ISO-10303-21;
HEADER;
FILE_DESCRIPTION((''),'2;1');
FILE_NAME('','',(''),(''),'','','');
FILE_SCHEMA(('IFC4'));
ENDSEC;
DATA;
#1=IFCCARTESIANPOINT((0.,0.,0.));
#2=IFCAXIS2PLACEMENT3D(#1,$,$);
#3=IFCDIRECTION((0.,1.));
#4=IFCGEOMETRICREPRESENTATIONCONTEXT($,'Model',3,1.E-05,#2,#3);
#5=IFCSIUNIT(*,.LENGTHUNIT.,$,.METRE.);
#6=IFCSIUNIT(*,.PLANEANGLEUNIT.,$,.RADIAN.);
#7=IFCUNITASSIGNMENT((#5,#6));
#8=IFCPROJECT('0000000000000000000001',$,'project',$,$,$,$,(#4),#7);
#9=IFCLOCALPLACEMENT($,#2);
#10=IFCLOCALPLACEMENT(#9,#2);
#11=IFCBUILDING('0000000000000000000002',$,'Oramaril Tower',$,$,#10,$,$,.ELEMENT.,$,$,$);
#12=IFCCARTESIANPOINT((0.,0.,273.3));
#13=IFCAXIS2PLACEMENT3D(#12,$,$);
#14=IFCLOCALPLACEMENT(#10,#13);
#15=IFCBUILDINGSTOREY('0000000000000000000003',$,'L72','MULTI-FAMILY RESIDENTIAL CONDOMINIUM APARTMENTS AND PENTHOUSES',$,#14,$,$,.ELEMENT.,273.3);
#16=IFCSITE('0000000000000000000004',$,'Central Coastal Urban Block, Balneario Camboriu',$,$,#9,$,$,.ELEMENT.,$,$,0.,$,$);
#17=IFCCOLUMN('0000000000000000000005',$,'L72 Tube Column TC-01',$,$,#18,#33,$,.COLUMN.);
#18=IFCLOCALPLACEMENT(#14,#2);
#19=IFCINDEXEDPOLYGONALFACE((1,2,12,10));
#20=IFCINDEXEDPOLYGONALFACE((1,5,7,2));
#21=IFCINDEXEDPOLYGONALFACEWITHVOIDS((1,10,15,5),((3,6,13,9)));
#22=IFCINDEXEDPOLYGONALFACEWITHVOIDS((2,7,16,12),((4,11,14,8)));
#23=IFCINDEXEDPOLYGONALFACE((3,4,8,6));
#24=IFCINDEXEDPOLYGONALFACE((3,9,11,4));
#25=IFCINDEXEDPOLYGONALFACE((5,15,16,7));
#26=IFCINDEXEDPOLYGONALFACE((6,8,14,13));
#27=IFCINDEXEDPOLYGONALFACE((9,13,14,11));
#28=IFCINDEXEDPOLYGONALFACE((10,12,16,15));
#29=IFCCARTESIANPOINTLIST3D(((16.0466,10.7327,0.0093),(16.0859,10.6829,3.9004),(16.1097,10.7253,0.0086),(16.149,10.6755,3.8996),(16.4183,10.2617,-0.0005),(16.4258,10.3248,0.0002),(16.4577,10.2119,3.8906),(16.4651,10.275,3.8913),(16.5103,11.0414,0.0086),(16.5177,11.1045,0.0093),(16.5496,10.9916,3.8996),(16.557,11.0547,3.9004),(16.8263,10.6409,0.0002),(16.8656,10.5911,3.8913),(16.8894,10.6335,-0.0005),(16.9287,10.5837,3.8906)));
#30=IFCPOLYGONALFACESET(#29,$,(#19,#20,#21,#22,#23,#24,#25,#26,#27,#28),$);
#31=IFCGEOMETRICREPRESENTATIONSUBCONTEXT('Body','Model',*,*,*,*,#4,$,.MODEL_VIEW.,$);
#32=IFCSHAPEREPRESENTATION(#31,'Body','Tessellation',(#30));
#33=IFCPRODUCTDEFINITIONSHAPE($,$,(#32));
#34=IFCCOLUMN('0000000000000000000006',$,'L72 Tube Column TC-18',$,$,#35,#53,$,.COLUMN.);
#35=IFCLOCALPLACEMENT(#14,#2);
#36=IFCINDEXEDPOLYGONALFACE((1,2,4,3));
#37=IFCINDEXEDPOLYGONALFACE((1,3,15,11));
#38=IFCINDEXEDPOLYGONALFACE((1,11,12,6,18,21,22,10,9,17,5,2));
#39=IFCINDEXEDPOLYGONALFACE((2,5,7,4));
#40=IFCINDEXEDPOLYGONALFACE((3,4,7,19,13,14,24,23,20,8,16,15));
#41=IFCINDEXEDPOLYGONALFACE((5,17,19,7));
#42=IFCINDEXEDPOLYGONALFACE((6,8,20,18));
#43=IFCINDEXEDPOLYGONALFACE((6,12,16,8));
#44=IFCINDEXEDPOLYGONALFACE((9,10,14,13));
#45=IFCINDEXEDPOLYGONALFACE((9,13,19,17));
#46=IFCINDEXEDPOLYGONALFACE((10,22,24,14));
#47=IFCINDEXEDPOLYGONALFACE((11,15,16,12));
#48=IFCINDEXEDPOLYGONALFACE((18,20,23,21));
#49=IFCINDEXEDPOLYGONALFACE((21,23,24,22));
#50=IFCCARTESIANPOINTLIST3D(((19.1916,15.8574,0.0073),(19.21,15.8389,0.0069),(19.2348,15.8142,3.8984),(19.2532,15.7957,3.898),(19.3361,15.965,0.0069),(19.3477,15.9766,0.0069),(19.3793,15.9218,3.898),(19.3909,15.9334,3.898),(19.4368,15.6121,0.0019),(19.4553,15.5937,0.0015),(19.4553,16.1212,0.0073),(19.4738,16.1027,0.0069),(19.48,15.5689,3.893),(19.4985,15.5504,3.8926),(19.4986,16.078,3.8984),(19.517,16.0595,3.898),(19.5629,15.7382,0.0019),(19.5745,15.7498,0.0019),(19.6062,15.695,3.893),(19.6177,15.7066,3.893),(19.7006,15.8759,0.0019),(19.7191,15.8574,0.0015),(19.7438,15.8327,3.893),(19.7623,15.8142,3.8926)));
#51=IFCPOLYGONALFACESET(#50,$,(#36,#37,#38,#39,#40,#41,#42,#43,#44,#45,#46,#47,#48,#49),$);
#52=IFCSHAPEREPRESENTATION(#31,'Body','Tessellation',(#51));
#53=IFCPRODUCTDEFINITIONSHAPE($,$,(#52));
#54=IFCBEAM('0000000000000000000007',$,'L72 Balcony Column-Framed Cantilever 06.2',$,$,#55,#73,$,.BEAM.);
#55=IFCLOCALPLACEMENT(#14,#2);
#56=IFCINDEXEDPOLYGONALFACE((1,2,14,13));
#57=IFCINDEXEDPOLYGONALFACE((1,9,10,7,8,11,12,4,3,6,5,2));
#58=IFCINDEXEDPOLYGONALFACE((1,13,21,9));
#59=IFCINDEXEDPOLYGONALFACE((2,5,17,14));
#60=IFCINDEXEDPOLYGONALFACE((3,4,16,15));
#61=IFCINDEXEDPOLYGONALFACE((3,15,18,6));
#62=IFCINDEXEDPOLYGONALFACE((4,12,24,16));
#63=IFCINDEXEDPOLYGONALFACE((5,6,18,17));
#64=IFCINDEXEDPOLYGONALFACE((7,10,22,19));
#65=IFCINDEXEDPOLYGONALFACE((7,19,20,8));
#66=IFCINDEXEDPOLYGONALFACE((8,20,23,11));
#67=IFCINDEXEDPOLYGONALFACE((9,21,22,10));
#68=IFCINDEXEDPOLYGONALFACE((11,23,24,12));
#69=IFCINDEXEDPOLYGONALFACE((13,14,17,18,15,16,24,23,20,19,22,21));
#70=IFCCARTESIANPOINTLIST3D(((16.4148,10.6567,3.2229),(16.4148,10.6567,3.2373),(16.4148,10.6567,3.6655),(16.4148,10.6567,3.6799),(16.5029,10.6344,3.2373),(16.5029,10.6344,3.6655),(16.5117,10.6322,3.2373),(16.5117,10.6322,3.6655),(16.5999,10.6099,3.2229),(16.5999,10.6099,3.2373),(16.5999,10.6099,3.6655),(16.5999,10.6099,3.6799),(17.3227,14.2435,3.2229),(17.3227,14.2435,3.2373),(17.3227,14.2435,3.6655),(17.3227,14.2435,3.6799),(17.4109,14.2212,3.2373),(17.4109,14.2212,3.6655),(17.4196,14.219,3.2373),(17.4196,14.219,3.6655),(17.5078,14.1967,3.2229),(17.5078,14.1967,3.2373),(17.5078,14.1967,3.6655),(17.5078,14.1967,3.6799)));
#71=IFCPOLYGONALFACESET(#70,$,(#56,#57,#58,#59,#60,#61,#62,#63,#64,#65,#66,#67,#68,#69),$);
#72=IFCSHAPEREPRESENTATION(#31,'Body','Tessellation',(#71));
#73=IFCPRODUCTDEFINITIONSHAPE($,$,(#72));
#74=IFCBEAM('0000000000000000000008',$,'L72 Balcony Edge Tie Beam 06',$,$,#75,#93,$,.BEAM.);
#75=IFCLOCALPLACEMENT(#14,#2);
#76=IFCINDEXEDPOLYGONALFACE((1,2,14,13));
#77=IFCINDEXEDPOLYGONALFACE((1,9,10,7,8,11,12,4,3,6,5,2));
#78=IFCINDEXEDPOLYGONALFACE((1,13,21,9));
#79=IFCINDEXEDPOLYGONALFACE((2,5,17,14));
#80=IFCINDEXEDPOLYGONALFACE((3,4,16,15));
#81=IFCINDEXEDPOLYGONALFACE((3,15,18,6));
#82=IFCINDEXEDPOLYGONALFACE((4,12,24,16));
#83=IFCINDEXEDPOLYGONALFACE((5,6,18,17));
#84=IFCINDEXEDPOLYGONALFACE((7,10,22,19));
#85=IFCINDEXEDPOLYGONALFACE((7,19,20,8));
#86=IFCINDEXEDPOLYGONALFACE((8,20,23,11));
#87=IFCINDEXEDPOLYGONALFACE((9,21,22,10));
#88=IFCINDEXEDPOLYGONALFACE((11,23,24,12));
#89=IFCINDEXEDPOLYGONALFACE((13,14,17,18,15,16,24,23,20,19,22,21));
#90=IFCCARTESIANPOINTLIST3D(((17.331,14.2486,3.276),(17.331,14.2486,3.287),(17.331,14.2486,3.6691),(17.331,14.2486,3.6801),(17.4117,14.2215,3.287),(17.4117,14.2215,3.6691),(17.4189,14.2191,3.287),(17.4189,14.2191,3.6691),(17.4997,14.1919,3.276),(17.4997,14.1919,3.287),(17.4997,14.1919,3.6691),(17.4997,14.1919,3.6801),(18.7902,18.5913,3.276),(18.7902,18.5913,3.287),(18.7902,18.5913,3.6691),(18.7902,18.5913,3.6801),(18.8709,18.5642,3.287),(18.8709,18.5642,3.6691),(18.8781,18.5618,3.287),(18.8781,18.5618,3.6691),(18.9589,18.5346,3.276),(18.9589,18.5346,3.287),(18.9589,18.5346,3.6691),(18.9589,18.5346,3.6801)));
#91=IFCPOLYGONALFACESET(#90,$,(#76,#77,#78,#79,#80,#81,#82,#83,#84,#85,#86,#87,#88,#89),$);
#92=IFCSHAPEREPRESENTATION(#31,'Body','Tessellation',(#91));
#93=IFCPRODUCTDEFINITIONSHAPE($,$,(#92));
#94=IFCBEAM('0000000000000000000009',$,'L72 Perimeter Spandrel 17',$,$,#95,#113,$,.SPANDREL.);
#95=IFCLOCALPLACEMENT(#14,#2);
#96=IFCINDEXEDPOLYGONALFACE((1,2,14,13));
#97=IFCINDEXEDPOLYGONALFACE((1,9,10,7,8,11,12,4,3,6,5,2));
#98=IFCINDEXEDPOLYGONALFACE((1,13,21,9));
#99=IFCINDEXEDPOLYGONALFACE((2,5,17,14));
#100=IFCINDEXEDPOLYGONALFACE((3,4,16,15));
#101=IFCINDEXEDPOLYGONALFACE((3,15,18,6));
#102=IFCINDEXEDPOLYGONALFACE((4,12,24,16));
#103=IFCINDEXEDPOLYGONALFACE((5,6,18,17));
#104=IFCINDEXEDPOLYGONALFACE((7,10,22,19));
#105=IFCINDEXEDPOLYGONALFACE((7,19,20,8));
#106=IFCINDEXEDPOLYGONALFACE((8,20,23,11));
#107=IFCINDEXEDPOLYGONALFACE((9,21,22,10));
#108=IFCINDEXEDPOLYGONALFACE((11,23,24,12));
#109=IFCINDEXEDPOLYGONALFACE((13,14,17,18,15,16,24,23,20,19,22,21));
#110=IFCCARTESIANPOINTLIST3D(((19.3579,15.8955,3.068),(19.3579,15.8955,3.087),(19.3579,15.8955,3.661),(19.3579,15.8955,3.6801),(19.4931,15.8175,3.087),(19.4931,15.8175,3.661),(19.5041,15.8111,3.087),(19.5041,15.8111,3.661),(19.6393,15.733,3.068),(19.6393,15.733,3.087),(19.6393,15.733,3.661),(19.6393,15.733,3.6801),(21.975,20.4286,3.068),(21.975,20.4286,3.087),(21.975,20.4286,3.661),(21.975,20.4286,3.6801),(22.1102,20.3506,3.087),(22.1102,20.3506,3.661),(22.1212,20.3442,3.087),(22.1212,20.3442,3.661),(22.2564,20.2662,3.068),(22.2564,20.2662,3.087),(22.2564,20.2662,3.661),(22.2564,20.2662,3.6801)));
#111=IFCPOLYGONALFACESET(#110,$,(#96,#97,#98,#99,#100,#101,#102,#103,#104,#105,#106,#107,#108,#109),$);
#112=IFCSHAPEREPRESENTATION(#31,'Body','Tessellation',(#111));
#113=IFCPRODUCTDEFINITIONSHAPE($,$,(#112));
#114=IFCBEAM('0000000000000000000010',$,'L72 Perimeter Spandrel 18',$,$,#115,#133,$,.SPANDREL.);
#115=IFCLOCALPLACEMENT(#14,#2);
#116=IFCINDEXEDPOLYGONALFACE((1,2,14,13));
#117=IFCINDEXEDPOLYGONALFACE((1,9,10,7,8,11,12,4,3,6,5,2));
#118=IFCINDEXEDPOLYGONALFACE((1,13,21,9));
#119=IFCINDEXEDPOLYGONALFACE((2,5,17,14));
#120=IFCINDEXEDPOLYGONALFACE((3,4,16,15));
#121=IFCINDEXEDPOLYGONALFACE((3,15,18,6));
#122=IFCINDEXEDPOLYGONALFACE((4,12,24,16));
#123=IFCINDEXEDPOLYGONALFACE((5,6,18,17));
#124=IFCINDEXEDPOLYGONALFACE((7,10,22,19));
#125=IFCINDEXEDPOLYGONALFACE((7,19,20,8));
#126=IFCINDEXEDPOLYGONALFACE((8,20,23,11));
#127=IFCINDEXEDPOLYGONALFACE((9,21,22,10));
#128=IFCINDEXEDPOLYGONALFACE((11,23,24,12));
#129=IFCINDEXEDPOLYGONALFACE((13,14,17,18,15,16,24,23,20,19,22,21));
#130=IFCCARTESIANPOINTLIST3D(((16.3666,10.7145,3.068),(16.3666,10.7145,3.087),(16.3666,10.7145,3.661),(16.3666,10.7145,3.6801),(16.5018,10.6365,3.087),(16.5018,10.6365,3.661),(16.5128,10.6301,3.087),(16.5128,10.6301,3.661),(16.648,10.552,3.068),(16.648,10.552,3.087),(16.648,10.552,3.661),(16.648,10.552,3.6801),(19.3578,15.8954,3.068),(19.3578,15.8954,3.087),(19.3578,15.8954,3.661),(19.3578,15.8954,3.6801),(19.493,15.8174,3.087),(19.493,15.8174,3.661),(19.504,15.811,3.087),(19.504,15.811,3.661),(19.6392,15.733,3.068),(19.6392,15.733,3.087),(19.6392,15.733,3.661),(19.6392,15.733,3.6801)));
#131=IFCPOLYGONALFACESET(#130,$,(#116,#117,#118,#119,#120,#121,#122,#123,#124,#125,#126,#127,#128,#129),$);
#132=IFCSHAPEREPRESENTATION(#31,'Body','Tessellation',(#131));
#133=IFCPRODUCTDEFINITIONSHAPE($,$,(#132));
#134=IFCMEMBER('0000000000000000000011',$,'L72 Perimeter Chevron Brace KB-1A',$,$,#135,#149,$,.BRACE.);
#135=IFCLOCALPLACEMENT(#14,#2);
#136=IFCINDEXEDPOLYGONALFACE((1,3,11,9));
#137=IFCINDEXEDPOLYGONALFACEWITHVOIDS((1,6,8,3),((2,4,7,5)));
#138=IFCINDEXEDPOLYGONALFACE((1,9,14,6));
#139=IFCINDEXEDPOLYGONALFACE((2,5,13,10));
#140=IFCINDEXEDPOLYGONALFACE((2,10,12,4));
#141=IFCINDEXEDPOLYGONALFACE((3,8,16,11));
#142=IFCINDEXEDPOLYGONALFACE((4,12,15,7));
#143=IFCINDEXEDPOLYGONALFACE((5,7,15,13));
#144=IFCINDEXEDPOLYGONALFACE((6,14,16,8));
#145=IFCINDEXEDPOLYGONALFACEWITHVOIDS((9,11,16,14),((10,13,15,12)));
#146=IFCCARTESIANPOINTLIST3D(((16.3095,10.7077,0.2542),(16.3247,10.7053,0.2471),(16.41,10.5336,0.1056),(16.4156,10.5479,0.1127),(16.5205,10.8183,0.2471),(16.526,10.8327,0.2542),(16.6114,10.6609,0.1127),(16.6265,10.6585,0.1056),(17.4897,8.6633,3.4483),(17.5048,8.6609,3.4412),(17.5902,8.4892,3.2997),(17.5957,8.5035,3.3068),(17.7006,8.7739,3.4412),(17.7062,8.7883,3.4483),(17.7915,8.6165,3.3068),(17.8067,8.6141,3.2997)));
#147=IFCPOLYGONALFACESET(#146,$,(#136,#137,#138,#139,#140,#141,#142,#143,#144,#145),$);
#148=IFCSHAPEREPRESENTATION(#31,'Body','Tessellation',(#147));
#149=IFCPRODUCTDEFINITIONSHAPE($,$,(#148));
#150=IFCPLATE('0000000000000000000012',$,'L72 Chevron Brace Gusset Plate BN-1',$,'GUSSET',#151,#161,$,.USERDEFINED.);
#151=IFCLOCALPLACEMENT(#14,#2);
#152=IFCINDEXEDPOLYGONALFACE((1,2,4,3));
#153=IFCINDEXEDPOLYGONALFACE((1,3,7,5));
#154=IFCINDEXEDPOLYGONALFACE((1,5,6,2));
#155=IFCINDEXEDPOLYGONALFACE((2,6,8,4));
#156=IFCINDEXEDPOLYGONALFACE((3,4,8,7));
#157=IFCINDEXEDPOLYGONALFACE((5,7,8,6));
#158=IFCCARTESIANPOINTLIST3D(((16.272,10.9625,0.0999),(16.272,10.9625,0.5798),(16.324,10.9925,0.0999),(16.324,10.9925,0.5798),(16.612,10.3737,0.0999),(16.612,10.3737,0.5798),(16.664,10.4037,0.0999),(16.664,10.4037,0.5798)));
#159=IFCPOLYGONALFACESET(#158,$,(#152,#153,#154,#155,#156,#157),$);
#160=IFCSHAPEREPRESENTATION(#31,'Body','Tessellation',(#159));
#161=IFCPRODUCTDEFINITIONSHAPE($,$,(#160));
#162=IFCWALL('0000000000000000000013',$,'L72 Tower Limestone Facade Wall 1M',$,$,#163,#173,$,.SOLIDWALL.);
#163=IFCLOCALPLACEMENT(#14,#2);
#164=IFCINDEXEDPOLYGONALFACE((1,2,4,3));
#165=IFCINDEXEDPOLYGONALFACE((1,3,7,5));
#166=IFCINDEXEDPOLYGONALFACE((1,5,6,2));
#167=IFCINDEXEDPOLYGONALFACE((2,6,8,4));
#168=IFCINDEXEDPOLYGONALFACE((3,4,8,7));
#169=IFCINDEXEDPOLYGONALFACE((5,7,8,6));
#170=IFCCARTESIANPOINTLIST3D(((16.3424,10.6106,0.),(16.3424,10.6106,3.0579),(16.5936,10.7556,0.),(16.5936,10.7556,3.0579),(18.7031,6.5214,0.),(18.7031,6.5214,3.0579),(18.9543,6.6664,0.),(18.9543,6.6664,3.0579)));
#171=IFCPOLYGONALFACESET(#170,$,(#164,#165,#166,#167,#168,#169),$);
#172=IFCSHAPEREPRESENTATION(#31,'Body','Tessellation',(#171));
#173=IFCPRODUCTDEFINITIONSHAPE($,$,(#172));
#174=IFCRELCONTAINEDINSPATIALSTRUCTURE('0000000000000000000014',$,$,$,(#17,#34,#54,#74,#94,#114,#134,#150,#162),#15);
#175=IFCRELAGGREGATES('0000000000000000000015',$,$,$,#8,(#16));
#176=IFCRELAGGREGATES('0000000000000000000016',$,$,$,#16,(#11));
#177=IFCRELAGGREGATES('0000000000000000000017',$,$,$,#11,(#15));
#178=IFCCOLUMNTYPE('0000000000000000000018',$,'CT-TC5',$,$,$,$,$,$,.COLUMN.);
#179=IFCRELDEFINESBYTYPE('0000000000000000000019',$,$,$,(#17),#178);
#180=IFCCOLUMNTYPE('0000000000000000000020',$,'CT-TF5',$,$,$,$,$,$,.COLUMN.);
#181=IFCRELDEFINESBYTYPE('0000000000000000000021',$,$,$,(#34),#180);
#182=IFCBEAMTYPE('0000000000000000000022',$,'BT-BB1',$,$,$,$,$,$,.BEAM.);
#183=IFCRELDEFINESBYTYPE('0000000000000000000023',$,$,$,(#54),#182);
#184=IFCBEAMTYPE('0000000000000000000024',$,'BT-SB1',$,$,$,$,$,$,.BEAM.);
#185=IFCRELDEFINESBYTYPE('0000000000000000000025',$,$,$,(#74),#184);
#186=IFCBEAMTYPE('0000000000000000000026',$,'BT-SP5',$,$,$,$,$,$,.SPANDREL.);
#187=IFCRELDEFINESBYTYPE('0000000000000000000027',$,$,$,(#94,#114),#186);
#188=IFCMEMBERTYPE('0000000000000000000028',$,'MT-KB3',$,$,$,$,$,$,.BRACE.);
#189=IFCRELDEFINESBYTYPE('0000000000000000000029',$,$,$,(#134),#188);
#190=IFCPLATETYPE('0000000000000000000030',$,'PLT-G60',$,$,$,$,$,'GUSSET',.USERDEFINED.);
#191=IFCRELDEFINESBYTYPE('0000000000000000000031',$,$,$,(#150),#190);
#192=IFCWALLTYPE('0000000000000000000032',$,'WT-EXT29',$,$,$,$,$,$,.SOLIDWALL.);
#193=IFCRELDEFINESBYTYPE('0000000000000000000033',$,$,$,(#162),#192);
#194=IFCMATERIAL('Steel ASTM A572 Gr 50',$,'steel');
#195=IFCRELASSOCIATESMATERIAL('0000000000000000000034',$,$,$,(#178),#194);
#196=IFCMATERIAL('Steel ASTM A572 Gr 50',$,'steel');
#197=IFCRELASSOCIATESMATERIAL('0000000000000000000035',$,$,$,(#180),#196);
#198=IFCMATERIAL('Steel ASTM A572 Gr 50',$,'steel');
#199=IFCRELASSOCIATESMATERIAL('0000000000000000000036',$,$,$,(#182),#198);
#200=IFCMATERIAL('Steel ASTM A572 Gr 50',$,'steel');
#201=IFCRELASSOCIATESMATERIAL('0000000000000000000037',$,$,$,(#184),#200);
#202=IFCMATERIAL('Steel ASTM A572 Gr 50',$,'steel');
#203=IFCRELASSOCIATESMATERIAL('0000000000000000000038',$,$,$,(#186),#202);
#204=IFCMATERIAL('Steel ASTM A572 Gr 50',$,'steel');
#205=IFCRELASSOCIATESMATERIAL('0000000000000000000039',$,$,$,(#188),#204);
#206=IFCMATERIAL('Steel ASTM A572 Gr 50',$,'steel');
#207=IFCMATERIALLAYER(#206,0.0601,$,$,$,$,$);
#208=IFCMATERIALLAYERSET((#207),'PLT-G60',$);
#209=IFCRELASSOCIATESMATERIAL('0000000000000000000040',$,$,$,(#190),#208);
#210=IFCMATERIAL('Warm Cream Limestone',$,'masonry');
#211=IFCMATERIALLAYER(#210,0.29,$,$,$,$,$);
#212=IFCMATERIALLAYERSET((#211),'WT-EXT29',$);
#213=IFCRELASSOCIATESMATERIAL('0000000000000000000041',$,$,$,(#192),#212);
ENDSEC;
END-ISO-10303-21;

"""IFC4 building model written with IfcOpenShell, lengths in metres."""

from ifc_helpers import new_model, si_unit, direction, frame, frame_2d, origin, origin_2d, place, context, subcontext, project, spatial, rectangle, hollow_rectangle, i_section, extrude, material, layer, layer_set, material_profile, profile_set, type_object, element, save


model = new_model("IFC4")

# Units and contexts
model_context = context("Model", 3, precision=1e-05, world=origin(), true_north=direction((0.0, 1.0)))
body_context = subcontext(model_context, "Body", "Model", "MODEL_VIEW")
ifc_project = project(units=[si_unit("LENGTHUNIT", "METRE"), si_unit("PLANEANGLEUNIT", "RADIAN")], contexts=[model_context])

# Site, building, storey
site_placement = place(None, origin())
site = spatial("IfcSite", under=ifc_project, at=site_placement, Name="Central Coastal Urban Block, Balneario Camboriu", CompositionType="ELEMENT", RefElevation=0.0)
building_placement = place(site_placement, origin())
building = spatial("IfcBuilding", under=site, at=building_placement, Name="Oramaril Tower", CompositionType="ELEMENT")
storey_placement = place(building_placement, frame((0.0, 0.0, 273.3)))
storey = spatial("IfcBuildingStorey", under=building, at=storey_placement, Name="L72", Description="MULTI-FAMILY RESIDENTIAL CONDOMINIUM APARTMENTS AND PENTHOUSES", CompositionType="ELEMENT", Elevation=273.3)

# Columns
ifc_material_1 = material(Name="Steel ASTM A572 Gr 50", Category="steel")
ifc_material_profile_1 = material_profile(ifc_material_1, hollow_rectangle(XDim=0.6001, YDim=0.6001, WallThickness=0.0449, at=origin_2d()), Name="BOX600X600X45")
ifc_profile_set_1 = profile_set([ifc_material_profile_1], Name="Steel ASTM A572 Gr 50")
column_type_1 = type_object("IfcColumnType", Name="CT-TC5", PredefinedType="COLUMN", material=ifc_profile_set_1)
column_1_placement = place(storey_placement, frame((16.468, 10.6831, 0.0044), z_axis=(0.0101, -0.012798, 0.999867), x_axis=(0.784981, 0.61952, 0.0)))
element("IfcColumn", 1, at=column_1_placement, inside=storey, type_object=column_type_1, Name="L72 Tube Column TC-01", PredefinedType="COLUMN", context=body_context, shape_type="SweptSolid", body=[
    extrude(hollow_rectangle(XDim=0.6001, YDim=0.6001, WallThickness=0.0449, at=origin_2d()), origin(), (0.0, 0.0, 1.0), 3.8916),
])
ifc_material_2 = material(Name="Steel ASTM A572 Gr 50", Category="steel")
ifc_material_profile_2 = material_profile(ifc_material_2, i_section(OverallWidth=0.373, OverallDepth=0.373, WebThickness=0.0164, FlangeThickness=0.0261, at=origin_2d()), Name="W14X132")
ifc_profile_set_2 = profile_set([ifc_material_profile_2], Name="Steel ASTM A572 Gr 50")
column_type_2 = type_object("IfcColumnType", Name="CT-TF5", PredefinedType="COLUMN", material=ifc_profile_set_2)
column_2_placement = place(storey_placement, frame((19.4553, 15.8574, 0.0044), z_axis=(0.011104, -0.011104, 0.999877), x_axis=(0.707107, 0.707107, 0.0)))
element("IfcColumn", 2, at=column_2_placement, inside=storey, type_object=column_type_2, Name="L72 Tube Column TC-18", PredefinedType="COLUMN", context=body_context, shape_type="SweptSolid", body=[
    extrude(i_section(OverallWidth=0.373, OverallDepth=0.373, WebThickness=0.0164, FlangeThickness=0.0261, at=origin_2d()), origin(), (0.0, 0.0, 1.0), 3.8916),
])

# Beams
ifc_material_3 = material(Name="Steel ASTM A572 Gr 50", Category="steel")
ifc_material_profile_3 = material_profile(ifc_material_3, i_section(OverallWidth=0.1909, OverallDepth=0.457, WebThickness=0.009, FlangeThickness=0.0144, at=origin_2d()), Name="W18X50")
ifc_profile_set_3 = profile_set([ifc_material_profile_3], Name="Steel ASTM A572 Gr 50")
beam_type_1 = type_object("IfcBeamType", Name="BT-BB1", PredefinedType="BEAM", material=ifc_profile_set_3)
beam_1_placement = place(storey_placement, frame((16.5073, 10.6333, 3.4514), z_axis=(0.245391, 0.969424, 0.0), x_axis=(-0.969424, 0.245391, 0.0)))
element("IfcBeam", 3, at=beam_1_placement, inside=storey, type_object=beam_type_1, Name="L72 Balcony Column-Framed Cantilever 06.2", PredefinedType="BEAM", context=body_context, shape_type="SweptSolid", body=[
    extrude(i_section(OverallWidth=0.1909, OverallDepth=0.457, WebThickness=0.009, FlangeThickness=0.0144, at=origin_2d()), origin(), (0.0, 0.0, 1.0), 3.7),
])
ifc_material_4 = material(Name="Steel ASTM A572 Gr 50", Category="steel")
ifc_material_profile_4 = material_profile(ifc_material_4, i_section(OverallWidth=0.178, OverallDepth=0.4041, WebThickness=0.0076, FlangeThickness=0.011, at=origin_2d()), Name="W16X36")
ifc_profile_set_4 = profile_set([ifc_material_profile_4], Name="Steel ASTM A572 Gr 50")
beam_type_2 = type_object("IfcBeamType", Name="BT-SB1", PredefinedType="BEAM", material=ifc_profile_set_4)
beam_2_placement = place(storey_placement, frame((18.8745, 18.563, 3.478), z_axis=(-0.318513, -0.947918, 0.0), x_axis=(0.947918, -0.318513, 0.0)))
element("IfcBeam", 4, at=beam_2_placement, inside=storey, type_object=beam_type_2, Name="L72 Balcony Edge Tie Beam 06", PredefinedType="BEAM", context=body_context, shape_type="SweptSolid", body=[
    extrude(i_section(OverallWidth=0.178, OverallDepth=0.4041, WebThickness=0.0076, FlangeThickness=0.011, at=origin_2d()), origin(), (0.0, 0.0, 1.0), 4.5813),
])
ifc_material_5 = material(Name="Steel ASTM A572 Gr 50", Category="steel")
ifc_material_profile_5 = material_profile(ifc_material_5, i_section(OverallWidth=0.325, OverallDepth=0.6121, WebThickness=0.0127, FlangeThickness=0.019, at=origin_2d()), Name="W24X104")
ifc_profile_set_5 = profile_set([ifc_material_profile_5], Name="Steel ASTM A572 Gr 50")
beam_type_3 = type_object("IfcBeamType", Name="BT-SP5", PredefinedType="SPANDREL", material=ifc_profile_set_5)
beam_3_placement = place(storey_placement, frame((22.1157, 20.3474, 3.374), z_axis=(-0.499992, -0.86603, 0.0), x_axis=(0.86603, -0.499992, 0.0)))
element("IfcBeam", 5, at=beam_3_placement, inside=storey, type_object=beam_type_3, Name="L72 Perimeter Spandrel 17", PredefinedType="SPANDREL", context=body_context, shape_type="SweptSolid", body=[
    extrude(i_section(OverallWidth=0.325, OverallDepth=0.6121, WebThickness=0.0127, FlangeThickness=0.019, at=origin_2d()), origin(), (0.0, 0.0, 1.0), 5.2344),
])
beam_4_placement = place(storey_placement, frame((19.4985, 15.8142, 3.374), z_axis=(-0.500002, -0.866025, 0.0), x_axis=(0.866025, -0.500002, 0.0)))
element("IfcBeam", 6, at=beam_4_placement, inside=storey, type_object=beam_type_3, Name="L72 Perimeter Spandrel 18", PredefinedType="SPANDREL", context=body_context, shape_type="SweptSolid", body=[
    extrude(i_section(OverallWidth=0.325, OverallDepth=0.6121, WebThickness=0.0127, FlangeThickness=0.019, at=origin_2d()), origin(), (0.0, 0.0, 1.0), 5.9824),
])

# Member
ifc_material_6 = material(Name="Steel ASTM A572 Gr 50", Category="steel")
ifc_material_profile_6 = material_profile(ifc_material_6, hollow_rectangle(XDim=0.25, YDim=0.25, WallThickness=0.012, at=origin_2d()), Name="HSS250X250X12")
ifc_profile_set_6 = profile_set([ifc_material_profile_6], Name="Steel ASTM A572 Gr 50")
member_type = type_object("IfcMemberType", Name="MT-KB3", PredefinedType="BRACE", material=ifc_profile_set_6)
member_placement = place(storey_placement, frame((16.468, 10.6831, 0.1799), z_axis=(0.297143, -0.514745, 0.804204), x_axis=(0.866058, 0.499943, 0.0)))
element("IfcMember", 7, at=member_placement, inside=storey, type_object=member_type, Name="L72 Perimeter Chevron Brace KB-1A", PredefinedType="BRACE", context=body_context, shape_type="SweptSolid", body=[
    extrude(hollow_rectangle(XDim=0.25, YDim=0.25, WallThickness=0.012, at=origin_2d()), origin(), (0.0, 0.0, 1.0), 3.9717),
])

# Plate
ifc_material_7 = material(Name="Steel ASTM A572 Gr 50", Category="steel")
ifc_layer_1 = layer(ifc_material_7, 0.0601)
ifc_layer_set_1 = layer_set([ifc_layer_1], Name="PLT-G60")
plate_type = type_object("IfcPlateType", Name="PLT-G60", ElementType="GUSSET", PredefinedType="USERDEFINED", material=ifc_layer_set_1)
plate_placement = place(storey_placement, frame((16.468, 10.6831, 0.0999), z_axis=(0.0, 0.0, 1.0), x_axis=(0.499995, -0.866028, 0.0)))
element("IfcPlate", 8, at=plate_placement, inside=storey, type_object=plate_type, Name="L72 Chevron Brace Gusset Plate BN-1", ObjectType="GUSSET", PredefinedType="USERDEFINED", context=body_context, shape_type="SweptSolid", body=[
    extrude(rectangle(XDim=0.6799, YDim=0.0601, at=origin_2d()), origin(), (0.0, 0.0, 1.0), 0.48),
])

# Wall
ifc_material_8 = material(Name="Warm Cream Limestone", Category="masonry")
ifc_layer_2 = layer(ifc_material_8, 0.29)
ifc_layer_set_2 = layer_set([ifc_layer_2], Name="WT-EXT29")
wall_type_1 = type_object("IfcWallType", Name="WT-EXT29", PredefinedType="SOLIDWALL", material=ifc_layer_set_2)
wall_1_placement = place(storey_placement, frame((16.468, 10.6831, 0.0), z_axis=(0.0, 0.0, 1.0), x_axis=(0.49996, -0.866049, 0.0)))
element("IfcWall", 9, at=wall_1_placement, inside=storey, type_object=wall_type_1, Name="L72 Tower Limestone Facade Wall 1M", PredefinedType="SOLIDWALL", context=body_context, shape_type="SweptSolid", body=[
    extrude(rectangle(XDim=4.7217, YDim=0.29, at=frame_2d((2.3608, 0.0))), origin(), (0.0, 0.0, 1.0), 3.0579),
])

save(model, "model.ifc")
